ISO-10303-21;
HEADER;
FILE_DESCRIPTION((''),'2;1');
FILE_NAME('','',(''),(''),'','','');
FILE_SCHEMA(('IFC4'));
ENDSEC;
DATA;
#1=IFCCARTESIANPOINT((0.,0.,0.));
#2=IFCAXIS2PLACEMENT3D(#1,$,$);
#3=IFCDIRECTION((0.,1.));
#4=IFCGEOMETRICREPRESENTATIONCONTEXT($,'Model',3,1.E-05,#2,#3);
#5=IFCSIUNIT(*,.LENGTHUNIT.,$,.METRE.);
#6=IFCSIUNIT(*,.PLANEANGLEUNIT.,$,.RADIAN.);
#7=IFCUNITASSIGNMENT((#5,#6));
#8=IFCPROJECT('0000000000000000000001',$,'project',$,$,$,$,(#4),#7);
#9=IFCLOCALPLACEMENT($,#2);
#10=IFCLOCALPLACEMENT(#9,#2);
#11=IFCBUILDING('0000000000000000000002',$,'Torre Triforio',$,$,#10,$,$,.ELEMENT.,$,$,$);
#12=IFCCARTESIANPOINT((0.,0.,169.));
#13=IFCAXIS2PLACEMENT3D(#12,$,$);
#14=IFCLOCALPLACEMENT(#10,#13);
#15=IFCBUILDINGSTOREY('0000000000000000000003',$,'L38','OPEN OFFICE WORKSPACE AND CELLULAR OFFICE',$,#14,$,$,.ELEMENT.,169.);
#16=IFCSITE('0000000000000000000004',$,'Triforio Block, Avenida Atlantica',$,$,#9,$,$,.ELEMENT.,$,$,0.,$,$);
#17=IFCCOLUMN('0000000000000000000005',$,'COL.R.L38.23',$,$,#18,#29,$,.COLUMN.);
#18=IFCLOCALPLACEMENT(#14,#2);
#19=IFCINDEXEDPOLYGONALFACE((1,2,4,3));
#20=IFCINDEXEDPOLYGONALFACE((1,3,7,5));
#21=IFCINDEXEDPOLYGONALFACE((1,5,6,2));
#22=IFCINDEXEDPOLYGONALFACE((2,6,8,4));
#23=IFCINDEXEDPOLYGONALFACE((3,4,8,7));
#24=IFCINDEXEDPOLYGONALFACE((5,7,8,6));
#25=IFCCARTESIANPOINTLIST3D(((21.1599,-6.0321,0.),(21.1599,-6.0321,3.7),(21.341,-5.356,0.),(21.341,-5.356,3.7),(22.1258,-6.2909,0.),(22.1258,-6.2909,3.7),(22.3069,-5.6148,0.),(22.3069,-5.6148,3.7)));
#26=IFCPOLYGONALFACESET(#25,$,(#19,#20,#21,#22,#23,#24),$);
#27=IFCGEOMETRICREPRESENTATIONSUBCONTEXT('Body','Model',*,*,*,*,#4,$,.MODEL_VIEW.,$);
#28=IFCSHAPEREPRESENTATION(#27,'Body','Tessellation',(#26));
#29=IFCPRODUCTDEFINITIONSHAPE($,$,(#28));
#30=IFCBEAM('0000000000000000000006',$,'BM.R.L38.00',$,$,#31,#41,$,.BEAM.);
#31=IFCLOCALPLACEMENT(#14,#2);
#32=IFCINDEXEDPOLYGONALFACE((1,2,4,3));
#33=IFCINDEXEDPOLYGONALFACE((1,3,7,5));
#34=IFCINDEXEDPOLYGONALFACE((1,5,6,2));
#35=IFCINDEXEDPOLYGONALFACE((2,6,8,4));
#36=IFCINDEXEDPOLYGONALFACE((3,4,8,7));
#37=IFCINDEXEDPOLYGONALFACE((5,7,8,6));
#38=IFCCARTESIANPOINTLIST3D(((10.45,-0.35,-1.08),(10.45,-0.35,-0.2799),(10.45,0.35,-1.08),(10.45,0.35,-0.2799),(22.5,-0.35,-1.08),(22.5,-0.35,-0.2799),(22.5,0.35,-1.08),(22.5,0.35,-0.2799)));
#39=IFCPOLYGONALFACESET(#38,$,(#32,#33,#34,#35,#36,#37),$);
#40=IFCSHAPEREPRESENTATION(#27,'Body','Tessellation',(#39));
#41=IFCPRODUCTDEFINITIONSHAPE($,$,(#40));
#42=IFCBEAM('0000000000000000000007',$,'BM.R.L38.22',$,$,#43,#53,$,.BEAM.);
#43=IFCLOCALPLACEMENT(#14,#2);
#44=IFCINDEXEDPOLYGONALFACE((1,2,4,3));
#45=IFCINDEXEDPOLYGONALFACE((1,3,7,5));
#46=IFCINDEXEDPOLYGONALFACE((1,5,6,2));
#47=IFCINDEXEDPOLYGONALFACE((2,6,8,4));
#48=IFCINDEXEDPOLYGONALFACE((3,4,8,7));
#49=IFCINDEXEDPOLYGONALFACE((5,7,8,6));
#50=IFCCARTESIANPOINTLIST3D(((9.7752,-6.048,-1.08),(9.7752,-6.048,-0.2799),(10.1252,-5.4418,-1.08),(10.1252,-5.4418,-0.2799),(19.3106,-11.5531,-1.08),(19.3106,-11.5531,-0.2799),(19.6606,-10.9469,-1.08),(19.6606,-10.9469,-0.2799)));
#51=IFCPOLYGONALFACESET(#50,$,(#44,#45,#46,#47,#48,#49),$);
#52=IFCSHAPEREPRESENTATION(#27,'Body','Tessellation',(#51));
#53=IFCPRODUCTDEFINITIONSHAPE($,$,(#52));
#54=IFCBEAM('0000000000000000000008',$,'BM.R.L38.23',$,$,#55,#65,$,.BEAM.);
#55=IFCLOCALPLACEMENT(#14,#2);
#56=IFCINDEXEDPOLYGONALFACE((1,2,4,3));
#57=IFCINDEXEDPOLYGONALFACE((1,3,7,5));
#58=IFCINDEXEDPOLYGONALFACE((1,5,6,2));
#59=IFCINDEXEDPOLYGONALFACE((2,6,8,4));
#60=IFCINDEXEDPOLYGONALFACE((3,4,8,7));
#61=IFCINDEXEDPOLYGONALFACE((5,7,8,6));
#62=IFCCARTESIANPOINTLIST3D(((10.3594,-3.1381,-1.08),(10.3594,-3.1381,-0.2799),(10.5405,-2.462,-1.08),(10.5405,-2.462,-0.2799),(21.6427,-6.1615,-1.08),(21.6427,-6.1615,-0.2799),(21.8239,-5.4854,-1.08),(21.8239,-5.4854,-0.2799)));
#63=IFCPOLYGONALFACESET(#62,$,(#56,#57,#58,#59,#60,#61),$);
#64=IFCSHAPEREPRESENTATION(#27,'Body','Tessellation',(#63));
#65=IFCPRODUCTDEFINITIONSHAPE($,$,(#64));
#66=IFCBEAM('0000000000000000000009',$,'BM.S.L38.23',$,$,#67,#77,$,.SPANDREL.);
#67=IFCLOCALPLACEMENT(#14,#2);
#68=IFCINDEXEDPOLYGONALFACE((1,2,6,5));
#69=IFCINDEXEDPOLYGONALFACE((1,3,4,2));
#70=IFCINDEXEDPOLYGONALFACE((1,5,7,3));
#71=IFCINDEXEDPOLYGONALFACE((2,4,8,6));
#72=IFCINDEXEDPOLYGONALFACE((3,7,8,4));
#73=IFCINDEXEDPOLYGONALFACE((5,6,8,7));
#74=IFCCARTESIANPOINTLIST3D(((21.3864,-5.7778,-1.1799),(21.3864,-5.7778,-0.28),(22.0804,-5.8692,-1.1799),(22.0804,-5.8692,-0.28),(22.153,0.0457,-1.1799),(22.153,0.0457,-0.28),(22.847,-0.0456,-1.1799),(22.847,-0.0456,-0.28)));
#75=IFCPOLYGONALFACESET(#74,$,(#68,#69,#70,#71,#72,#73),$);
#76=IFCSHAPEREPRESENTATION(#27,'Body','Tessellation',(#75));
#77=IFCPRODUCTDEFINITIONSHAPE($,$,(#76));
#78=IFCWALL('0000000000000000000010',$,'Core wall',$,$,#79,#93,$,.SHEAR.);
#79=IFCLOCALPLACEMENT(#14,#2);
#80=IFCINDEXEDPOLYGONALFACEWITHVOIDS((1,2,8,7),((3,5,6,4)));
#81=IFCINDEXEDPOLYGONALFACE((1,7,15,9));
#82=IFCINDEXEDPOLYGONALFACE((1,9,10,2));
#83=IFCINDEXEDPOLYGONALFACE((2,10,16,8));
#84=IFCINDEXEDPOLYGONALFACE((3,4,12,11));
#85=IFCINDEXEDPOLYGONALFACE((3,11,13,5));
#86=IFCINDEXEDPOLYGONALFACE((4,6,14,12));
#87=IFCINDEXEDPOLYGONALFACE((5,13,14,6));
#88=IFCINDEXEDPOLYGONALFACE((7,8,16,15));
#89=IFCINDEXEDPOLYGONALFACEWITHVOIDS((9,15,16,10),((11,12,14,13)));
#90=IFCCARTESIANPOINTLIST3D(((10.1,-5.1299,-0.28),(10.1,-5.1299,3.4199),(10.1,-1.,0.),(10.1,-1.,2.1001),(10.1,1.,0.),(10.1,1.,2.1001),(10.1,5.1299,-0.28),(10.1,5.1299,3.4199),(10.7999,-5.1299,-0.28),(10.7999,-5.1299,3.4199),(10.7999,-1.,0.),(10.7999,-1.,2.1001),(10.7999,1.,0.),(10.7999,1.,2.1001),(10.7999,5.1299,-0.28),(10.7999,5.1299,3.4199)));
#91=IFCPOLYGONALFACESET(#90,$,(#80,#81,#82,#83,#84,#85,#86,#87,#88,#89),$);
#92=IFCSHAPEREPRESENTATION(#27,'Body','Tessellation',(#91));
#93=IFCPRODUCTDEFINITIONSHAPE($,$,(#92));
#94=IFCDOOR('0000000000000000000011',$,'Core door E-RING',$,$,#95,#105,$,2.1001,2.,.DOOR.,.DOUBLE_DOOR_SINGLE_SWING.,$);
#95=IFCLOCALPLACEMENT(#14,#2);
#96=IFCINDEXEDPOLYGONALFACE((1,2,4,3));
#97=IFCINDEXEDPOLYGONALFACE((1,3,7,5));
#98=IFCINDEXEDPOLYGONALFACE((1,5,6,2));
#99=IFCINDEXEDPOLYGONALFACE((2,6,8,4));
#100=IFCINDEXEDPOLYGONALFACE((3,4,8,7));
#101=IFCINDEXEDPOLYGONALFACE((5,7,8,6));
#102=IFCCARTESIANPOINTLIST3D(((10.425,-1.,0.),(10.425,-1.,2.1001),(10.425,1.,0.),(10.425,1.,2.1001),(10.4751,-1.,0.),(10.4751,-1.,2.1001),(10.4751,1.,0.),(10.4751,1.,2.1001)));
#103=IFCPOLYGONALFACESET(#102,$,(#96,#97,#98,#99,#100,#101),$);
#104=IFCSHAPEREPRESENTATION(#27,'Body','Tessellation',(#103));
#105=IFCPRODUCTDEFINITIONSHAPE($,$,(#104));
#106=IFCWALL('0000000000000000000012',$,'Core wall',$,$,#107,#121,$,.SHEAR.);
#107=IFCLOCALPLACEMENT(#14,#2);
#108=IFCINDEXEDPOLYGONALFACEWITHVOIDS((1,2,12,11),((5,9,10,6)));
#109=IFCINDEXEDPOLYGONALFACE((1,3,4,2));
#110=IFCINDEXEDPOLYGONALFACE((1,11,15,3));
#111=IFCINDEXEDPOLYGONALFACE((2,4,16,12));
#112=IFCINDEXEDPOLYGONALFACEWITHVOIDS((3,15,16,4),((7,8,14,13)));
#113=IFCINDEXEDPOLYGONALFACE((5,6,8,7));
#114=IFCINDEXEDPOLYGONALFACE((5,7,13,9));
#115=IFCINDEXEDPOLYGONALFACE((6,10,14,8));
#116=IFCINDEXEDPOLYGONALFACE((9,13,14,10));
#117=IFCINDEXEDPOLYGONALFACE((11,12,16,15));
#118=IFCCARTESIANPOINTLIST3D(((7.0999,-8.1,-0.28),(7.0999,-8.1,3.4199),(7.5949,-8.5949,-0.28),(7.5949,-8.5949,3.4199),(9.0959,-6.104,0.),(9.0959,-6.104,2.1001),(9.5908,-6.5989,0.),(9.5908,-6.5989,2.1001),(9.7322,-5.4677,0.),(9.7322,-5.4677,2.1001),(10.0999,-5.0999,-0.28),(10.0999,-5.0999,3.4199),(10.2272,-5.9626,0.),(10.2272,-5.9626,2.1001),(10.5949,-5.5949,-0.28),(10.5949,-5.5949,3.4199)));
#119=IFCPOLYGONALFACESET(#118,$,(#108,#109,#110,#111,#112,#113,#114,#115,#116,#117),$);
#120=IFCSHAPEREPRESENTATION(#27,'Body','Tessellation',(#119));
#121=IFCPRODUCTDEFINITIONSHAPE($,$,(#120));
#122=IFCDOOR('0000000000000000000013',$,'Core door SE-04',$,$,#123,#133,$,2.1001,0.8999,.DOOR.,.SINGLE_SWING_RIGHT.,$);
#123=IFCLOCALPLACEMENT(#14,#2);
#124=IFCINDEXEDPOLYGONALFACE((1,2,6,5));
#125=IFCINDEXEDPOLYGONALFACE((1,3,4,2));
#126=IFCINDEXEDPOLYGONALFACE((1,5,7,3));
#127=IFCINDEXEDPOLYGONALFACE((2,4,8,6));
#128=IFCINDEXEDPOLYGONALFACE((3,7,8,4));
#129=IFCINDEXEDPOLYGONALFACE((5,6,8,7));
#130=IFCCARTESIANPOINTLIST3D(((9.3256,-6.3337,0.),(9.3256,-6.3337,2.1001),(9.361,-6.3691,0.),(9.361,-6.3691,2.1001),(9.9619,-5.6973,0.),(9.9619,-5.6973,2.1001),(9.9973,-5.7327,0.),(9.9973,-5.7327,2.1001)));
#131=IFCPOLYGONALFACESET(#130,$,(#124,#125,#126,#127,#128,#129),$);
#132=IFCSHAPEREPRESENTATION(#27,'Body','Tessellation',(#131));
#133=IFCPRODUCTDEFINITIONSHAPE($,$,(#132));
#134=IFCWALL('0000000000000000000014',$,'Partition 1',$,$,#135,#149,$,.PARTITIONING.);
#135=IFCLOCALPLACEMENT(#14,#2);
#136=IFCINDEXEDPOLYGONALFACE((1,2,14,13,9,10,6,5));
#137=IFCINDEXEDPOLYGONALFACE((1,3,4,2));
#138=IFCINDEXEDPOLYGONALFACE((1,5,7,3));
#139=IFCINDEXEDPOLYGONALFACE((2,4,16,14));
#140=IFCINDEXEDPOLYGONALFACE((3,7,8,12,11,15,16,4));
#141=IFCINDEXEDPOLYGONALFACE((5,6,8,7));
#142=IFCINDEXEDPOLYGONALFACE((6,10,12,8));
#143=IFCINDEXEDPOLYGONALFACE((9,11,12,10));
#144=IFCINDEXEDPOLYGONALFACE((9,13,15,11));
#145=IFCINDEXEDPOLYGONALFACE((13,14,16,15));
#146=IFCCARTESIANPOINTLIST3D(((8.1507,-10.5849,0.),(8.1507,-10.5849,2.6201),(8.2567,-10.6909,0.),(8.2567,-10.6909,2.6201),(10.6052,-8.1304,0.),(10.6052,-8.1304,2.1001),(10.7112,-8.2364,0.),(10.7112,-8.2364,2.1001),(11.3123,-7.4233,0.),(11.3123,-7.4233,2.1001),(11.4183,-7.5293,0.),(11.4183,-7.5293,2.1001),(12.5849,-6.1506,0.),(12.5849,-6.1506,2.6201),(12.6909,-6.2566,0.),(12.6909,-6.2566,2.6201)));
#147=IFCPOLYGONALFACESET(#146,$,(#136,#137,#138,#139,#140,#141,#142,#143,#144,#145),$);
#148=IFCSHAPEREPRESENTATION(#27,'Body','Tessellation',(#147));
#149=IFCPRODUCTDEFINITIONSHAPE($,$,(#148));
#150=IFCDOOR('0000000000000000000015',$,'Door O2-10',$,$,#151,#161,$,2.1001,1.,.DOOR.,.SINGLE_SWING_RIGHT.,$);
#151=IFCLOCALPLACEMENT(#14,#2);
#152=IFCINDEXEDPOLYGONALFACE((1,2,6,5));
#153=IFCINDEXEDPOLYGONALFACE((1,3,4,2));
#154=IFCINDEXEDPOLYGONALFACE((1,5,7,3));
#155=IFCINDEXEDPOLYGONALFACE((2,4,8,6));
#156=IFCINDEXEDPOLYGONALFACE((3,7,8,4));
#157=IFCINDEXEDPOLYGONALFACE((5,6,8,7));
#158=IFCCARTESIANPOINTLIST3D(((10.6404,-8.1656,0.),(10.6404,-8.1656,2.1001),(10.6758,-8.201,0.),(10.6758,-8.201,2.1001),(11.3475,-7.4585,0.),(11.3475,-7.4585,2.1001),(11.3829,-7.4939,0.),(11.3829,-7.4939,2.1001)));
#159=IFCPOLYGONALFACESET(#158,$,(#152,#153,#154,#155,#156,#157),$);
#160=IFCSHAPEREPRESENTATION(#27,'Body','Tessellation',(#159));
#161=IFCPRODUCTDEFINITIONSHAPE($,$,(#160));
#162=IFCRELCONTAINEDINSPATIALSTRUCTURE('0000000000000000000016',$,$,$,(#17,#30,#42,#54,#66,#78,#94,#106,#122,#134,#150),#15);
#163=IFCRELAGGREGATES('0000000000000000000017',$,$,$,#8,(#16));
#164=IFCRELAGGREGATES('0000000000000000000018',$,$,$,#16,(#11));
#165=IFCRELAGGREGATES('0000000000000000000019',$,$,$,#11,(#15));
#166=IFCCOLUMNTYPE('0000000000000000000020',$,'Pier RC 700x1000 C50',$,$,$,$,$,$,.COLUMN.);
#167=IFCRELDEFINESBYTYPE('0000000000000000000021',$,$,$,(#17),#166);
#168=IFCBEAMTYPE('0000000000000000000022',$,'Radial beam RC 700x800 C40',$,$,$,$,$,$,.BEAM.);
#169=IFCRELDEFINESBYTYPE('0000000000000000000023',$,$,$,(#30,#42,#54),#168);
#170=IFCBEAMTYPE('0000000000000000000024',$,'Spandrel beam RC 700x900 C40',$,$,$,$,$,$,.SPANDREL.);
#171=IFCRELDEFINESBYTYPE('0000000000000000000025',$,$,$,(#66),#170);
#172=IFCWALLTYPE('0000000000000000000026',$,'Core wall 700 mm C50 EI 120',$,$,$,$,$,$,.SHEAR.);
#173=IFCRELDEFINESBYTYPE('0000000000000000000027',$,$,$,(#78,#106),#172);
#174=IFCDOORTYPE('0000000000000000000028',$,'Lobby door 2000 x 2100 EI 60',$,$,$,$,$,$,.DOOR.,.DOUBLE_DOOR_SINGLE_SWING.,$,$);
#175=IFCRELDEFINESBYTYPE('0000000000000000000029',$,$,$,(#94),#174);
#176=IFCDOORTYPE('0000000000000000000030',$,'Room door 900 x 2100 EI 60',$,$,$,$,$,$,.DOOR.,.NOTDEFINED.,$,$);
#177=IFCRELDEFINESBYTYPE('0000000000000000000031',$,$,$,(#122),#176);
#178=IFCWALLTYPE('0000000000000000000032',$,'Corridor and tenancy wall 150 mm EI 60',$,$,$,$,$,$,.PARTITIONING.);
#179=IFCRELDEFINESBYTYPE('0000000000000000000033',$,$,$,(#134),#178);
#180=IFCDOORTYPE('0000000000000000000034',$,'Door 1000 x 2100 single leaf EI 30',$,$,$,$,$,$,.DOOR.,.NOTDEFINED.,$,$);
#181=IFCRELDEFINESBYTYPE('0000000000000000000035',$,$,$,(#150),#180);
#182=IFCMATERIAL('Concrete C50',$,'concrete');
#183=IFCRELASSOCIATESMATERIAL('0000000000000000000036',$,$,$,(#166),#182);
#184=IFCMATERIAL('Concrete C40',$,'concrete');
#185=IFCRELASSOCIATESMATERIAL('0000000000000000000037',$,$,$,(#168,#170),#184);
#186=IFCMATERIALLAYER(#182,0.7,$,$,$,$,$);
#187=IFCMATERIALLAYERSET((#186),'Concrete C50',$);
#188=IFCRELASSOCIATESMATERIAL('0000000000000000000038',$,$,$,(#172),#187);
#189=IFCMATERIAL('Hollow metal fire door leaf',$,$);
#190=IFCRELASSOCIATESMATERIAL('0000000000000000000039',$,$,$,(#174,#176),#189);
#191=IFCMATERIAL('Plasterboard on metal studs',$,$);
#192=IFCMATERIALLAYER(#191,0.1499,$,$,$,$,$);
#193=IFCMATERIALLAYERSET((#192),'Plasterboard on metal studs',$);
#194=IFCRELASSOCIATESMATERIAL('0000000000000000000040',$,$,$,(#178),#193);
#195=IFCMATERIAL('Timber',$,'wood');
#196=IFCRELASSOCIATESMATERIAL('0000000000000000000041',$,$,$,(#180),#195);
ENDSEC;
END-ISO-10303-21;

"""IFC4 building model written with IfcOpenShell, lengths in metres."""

from ifc_helpers import new_model, si_unit, direction, frame, frame_2d, origin, origin_2d, place, context, subcontext, project, spatial, rectangle, extrude, material, layer, layer_set, material_profile, profile_set, type_object, element, fill, save


model = new_model("IFC4")

# Units and contexts
model_context = context("Model", 3, precision=1e-05, world=origin(), true_north=direction((0.0, 1.0)))
body_context = subcontext(model_context, "Body", "Model", "MODEL_VIEW")
ifc_project = project(units=[si_unit("LENGTHUNIT", "METRE"), si_unit("PLANEANGLEUNIT", "RADIAN")], contexts=[model_context])

# Site, building, storey
site_placement = place(None, origin())
site = spatial("IfcSite", under=ifc_project, at=site_placement, Name="Triforio Block, Avenida Atlantica", CompositionType="ELEMENT", RefElevation=0.0)
building_placement = place(site_placement, origin())
building = spatial("IfcBuilding", under=site, at=building_placement, Name="Torre Triforio", CompositionType="ELEMENT")
storey_placement = place(building_placement, frame((0.0, 0.0, 169.0)))
storey = spatial("IfcBuildingStorey", under=building, at=storey_placement, Name="L38", Description="OPEN OFFICE WORKSPACE AND CELLULAR OFFICE", CompositionType="ELEMENT", Elevation=169.0)

# Column
ifc_material_1 = material(Name="Concrete C50", Category="concrete")
ifc_material_profile_1 = material_profile(ifc_material_1, rectangle(XDim=0.7, YDim=1.0, at=origin_2d()), Name="RC 700x1000")
ifc_profile_set_1 = profile_set([ifc_material_profile_1], Name="Concrete C50")
column_type = type_object("IfcColumnType", Name="Pier RC 700x1000 C50", PredefinedType="COLUMN", material=ifc_profile_set_1)
column_placement = place(storey_placement, frame((21.7334, -5.8235, 0.0), z_axis=(0.0, 0.0, 1.0), x_axis=(0.258819, 0.965926, 0.0)))
element("IfcColumn", 1, at=column_placement, inside=storey, type_object=column_type, Name="COL.R.L38.23", PredefinedType="COLUMN", context=body_context, shape_type="SweptSolid", body=[
    extrude(rectangle(XDim=0.7, YDim=1.0, at=origin_2d()), origin(), (0.0, 0.0, 1.0), 3.7),
])

# Beams
ifc_material_2 = material(Name="Concrete C40", Category="concrete")
ifc_material_profile_2 = material_profile(ifc_material_2, rectangle(XDim=0.7, YDim=0.8, at=origin_2d()), Name="RC 700x800")
ifc_profile_set_2 = profile_set([ifc_material_profile_2], Name="Concrete C40")
beam_type_1 = type_object("IfcBeamType", Name="Radial beam RC 700x800 C40", PredefinedType="BEAM", material=ifc_profile_set_2)
beam_1_placement = place(storey_placement, frame((10.45, 0.0, -0.6799), z_axis=(1.0, 0.0, 0.0), x_axis=(0.0, 1.0, 0.0)))
element("IfcBeam", 2, at=beam_1_placement, inside=storey, type_object=beam_type_1, Name="BM.R.L38.00", PredefinedType="BEAM", context=body_context, shape_type="SweptSolid", body=[
    extrude(rectangle(XDim=0.7, YDim=0.8, at=origin_2d()), origin(), (0.0, 0.0, 1.0), 12.05),
])
beam_2_placement = place(storey_placement, frame((9.9502, -5.7449, -0.6799), z_axis=(0.866031, -0.499991, 0.0), x_axis=(0.499991, 0.866031, 0.0)))
element("IfcBeam", 3, at=beam_2_placement, inside=storey, type_object=beam_type_1, Name="BM.R.L38.22", PredefinedType="BEAM", context=body_context, shape_type="SweptSolid", body=[
    extrude(rectangle(XDim=0.7, YDim=0.8, at=origin_2d()), origin(), (0.0, 0.0, 1.0), 11.0105),
])
beam_3_placement = place(storey_placement, frame((10.45, -2.8, -0.6799), z_axis=(0.965925, -0.258823, 0.0), x_axis=(0.258823, 0.965925, 0.0)))
element("IfcBeam", 4, at=beam_3_placement, inside=storey, type_object=beam_type_1, Name="BM.R.L38.23", PredefinedType="BEAM", context=body_context, shape_type="SweptSolid", body=[
    extrude(rectangle(XDim=0.7, YDim=0.8, at=origin_2d()), origin(), (0.0, 0.0, 1.0), 11.6814),
])
ifc_material_profile_3 = material_profile(ifc_material_2, rectangle(XDim=0.7, YDim=0.8999, at=origin_2d()), Name="RC 700x900")
ifc_profile_set_3 = profile_set([ifc_material_profile_3], Name="Concrete C40")
beam_type_2 = type_object("IfcBeamType", Name="Spandrel beam RC 700x900 C40", PredefinedType="SPANDREL", material=ifc_profile_set_3)
beam_4_placement = place(storey_placement, frame((21.7334, -5.8235, -0.73), z_axis=(0.130514, 0.991447, 0.0), x_axis=(-0.991447, 0.130514, 0.0)))
element("IfcBeam", 5, at=beam_4_placement, inside=storey, type_object=beam_type_2, Name="BM.S.L38.23", PredefinedType="SPANDREL", context=body_context, shape_type="SweptSolid", body=[
    extrude(rectangle(XDim=0.7, YDim=0.8999, at=origin_2d()), origin(), (0.0, 0.0, 1.0), 5.8738),
])

# Walls, openings, doors
ifc_layer_1 = layer(ifc_material_1, 0.7)
ifc_layer_set_1 = layer_set([ifc_layer_1], Name="Concrete C50")
wall_type_1 = type_object("IfcWallType", Name="Core wall 700 mm C50 EI 120", PredefinedType="SHEAR", material=ifc_layer_set_1)
wall_1_placement = place(storey_placement, frame((10.45, -5.1299, -0.28), z_axis=(0.0, 0.0, 1.0), x_axis=(0.0, 1.0, 0.0)))
wall_1 = element("IfcWall", 6, at=wall_1_placement, inside=storey, type_object=wall_type_1, Name="Core wall", PredefinedType="SHEAR", context=body_context, shape_type="SweptSolid", body=[
    extrude(rectangle(XDim=10.2598, YDim=0.7, at=frame_2d((5.1299, 0.0))), origin(), (0.0, 0.0, 1.0), 3.7),
])
opening_1_placement = place(wall_1_placement, frame((4.1299, 0.0, 0.28)))
opening_1 = element("IfcOpeningElement", 7, at=opening_1_placement, cuts=wall_1, PredefinedType="OPENING", context=body_context, shape_type="SweptSolid", body=[
    extrude(rectangle(XDim=2.0, YDim=2.1001, at=frame_2d((1.0, 1.05))), frame((0.0, 0.3599, 0.0), z_axis=(0.0, -1.0, 0.0), x_axis=(1.0, 0.0, 0.0)), (0.0, 0.0, 1.0), 0.72),
])
ifc_material_3 = material(Name="Hollow metal fire door leaf")
door_type_1 = type_object("IfcDoorType", Name="Lobby door 2000 x 2100 EI 60", OperationType="DOUBLE_DOOR_SINGLE_SWING", PredefinedType="DOOR", material=ifc_material_3)
door_1_placement = place(opening_1_placement, origin())
door_1 = element("IfcDoor", 8, at=door_1_placement, inside=storey, type_object=door_type_1, Name="Core door E-RING", OperationType="DOUBLE_DOOR_SINGLE_SWING", OverallHeight=2.1001, OverallWidth=2.0, PredefinedType="DOOR", context=body_context, shape_type="SweptSolid", body=[
    extrude(rectangle(XDim=2.0, YDim=2.1001, at=frame_2d((1.0, 1.05))), frame((0.0, 0.0249, 0.0), z_axis=(0.0, -1.0, 0.0), x_axis=(1.0, 0.0, 0.0)), (0.0, 0.0, 1.0), 0.05),
])
fill(opening_1, door_1)
wall_2_placement = place(storey_placement, frame((10.3474, -5.3474, -0.28), z_axis=(0.0, 0.0, 1.0), x_axis=(-0.707107, -0.707107, 0.0)))
wall_2 = element("IfcWall", 9, at=wall_2_placement, inside=storey, type_object=wall_type_1, Name="Core wall", PredefinedType="SHEAR", context=body_context, shape_type="SweptSolid", body=[
    extrude(rectangle(XDim=4.2427, YDim=0.7, at=frame_2d((2.1213, 0.0))), origin(), (0.0, 0.0, 1.0), 3.7),
])
opening_2_placement = place(wall_2_placement, frame((0.52, 0.0, 0.28)))
opening_2 = element("IfcOpeningElement", 10, at=opening_2_placement, cuts=wall_2, PredefinedType="OPENING", context=body_context, shape_type="SweptSolid", body=[
    extrude(rectangle(XDim=0.8999, YDim=2.1001, at=frame_2d((0.45, 1.05))), frame((0.0, 0.3599, 0.0), z_axis=(0.0, -1.0, 0.0), x_axis=(1.0, 0.0, 0.0)), (0.0, 0.0, 1.0), 0.72),
])
door_type_2 = type_object("IfcDoorType", Name="Room door 900 x 2100 EI 60", OperationType="NOTDEFINED", PredefinedType="DOOR", material=ifc_material_3)
door_2_placement = place(opening_2_placement, origin())
door_2 = element("IfcDoor", 11, at=door_2_placement, inside=storey, type_object=door_type_2, Name="Core door SE-04", OperationType="SINGLE_SWING_RIGHT", OverallHeight=2.1001, OverallWidth=0.8999, PredefinedType="DOOR", context=body_context, shape_type="SweptSolid", body=[
    extrude(rectangle(XDim=0.8999, YDim=2.1001, at=frame_2d((0.45, 1.05))), frame((0.0, 0.0249, 0.0), z_axis=(0.0, -1.0, 0.0), x_axis=(1.0, 0.0, 0.0)), (0.0, 0.0, 1.0), 0.05),
])
fill(opening_2, door_2)
ifc_material_4 = material(Name="Plasterboard on metal studs")
ifc_layer_2 = layer(ifc_material_4, 0.1499)
ifc_layer_set_2 = layer_set([ifc_layer_2], Name="Plasterboard on metal studs")
wall_type_2 = type_object("IfcWallType", Name="Corridor and tenancy wall 150 mm EI 60", PredefinedType="PARTITIONING", material=ifc_layer_set_2)
wall_3_placement = place(storey_placement, frame((12.6379, -6.2036, 0.0), z_axis=(0.0, 0.0, 1.0), x_axis=(-0.707107, -0.707107, 0.0)))
wall_3 = element("IfcWall", 12, at=wall_3_placement, inside=storey, type_object=wall_type_2, Name="Partition 1", PredefinedType="PARTITIONING", context=body_context, shape_type="SweptSolid", body=[
    extrude(rectangle(XDim=6.271, YDim=0.1499, at=frame_2d((3.1355, 0.0))), origin(), (0.0, 0.0, 1.0), 2.6201),
])
opening_3_placement = place(wall_3_placement, frame((1.7998, 0.0, 0.0)))
opening_3 = element("IfcOpeningElement", 13, at=opening_3_placement, cuts=wall_3, PredefinedType="OPENING", context=body_context, shape_type="SweptSolid", body=[
    extrude(rectangle(XDim=1.0, YDim=2.1001, at=frame_2d((0.5, 1.05))), frame((0.0, 0.085, 0.0), z_axis=(0.0, -1.0, 0.0), x_axis=(1.0, 0.0, 0.0)), (0.0, 0.0, 1.0), 0.1699),
])
ifc_material_5 = material(Name="Timber", Category="wood")
door_type_3 = type_object("IfcDoorType", Name="Door 1000 x 2100 single leaf EI 30", OperationType="NOTDEFINED", PredefinedType="DOOR", material=ifc_material_5)
door_3_placement = place(opening_3_placement, origin())
door_3 = element("IfcDoor", 14, at=door_3_placement, inside=storey, type_object=door_type_3, Name="Door O2-10", OperationType="SINGLE_SWING_RIGHT", OverallHeight=2.1001, OverallWidth=1.0, PredefinedType="DOOR", context=body_context, shape_type="SweptSolid", body=[
    extrude(rectangle(XDim=1.0, YDim=2.1001, at=frame_2d((0.5, 1.05))), frame((0.0, 0.0249, 0.0), z_axis=(0.0, -1.0, 0.0), x_axis=(1.0, 0.0, 0.0)), (0.0, 0.0, 1.0), 0.05),
])
fill(opening_3, door_3)

save(model, "model.ifc")
